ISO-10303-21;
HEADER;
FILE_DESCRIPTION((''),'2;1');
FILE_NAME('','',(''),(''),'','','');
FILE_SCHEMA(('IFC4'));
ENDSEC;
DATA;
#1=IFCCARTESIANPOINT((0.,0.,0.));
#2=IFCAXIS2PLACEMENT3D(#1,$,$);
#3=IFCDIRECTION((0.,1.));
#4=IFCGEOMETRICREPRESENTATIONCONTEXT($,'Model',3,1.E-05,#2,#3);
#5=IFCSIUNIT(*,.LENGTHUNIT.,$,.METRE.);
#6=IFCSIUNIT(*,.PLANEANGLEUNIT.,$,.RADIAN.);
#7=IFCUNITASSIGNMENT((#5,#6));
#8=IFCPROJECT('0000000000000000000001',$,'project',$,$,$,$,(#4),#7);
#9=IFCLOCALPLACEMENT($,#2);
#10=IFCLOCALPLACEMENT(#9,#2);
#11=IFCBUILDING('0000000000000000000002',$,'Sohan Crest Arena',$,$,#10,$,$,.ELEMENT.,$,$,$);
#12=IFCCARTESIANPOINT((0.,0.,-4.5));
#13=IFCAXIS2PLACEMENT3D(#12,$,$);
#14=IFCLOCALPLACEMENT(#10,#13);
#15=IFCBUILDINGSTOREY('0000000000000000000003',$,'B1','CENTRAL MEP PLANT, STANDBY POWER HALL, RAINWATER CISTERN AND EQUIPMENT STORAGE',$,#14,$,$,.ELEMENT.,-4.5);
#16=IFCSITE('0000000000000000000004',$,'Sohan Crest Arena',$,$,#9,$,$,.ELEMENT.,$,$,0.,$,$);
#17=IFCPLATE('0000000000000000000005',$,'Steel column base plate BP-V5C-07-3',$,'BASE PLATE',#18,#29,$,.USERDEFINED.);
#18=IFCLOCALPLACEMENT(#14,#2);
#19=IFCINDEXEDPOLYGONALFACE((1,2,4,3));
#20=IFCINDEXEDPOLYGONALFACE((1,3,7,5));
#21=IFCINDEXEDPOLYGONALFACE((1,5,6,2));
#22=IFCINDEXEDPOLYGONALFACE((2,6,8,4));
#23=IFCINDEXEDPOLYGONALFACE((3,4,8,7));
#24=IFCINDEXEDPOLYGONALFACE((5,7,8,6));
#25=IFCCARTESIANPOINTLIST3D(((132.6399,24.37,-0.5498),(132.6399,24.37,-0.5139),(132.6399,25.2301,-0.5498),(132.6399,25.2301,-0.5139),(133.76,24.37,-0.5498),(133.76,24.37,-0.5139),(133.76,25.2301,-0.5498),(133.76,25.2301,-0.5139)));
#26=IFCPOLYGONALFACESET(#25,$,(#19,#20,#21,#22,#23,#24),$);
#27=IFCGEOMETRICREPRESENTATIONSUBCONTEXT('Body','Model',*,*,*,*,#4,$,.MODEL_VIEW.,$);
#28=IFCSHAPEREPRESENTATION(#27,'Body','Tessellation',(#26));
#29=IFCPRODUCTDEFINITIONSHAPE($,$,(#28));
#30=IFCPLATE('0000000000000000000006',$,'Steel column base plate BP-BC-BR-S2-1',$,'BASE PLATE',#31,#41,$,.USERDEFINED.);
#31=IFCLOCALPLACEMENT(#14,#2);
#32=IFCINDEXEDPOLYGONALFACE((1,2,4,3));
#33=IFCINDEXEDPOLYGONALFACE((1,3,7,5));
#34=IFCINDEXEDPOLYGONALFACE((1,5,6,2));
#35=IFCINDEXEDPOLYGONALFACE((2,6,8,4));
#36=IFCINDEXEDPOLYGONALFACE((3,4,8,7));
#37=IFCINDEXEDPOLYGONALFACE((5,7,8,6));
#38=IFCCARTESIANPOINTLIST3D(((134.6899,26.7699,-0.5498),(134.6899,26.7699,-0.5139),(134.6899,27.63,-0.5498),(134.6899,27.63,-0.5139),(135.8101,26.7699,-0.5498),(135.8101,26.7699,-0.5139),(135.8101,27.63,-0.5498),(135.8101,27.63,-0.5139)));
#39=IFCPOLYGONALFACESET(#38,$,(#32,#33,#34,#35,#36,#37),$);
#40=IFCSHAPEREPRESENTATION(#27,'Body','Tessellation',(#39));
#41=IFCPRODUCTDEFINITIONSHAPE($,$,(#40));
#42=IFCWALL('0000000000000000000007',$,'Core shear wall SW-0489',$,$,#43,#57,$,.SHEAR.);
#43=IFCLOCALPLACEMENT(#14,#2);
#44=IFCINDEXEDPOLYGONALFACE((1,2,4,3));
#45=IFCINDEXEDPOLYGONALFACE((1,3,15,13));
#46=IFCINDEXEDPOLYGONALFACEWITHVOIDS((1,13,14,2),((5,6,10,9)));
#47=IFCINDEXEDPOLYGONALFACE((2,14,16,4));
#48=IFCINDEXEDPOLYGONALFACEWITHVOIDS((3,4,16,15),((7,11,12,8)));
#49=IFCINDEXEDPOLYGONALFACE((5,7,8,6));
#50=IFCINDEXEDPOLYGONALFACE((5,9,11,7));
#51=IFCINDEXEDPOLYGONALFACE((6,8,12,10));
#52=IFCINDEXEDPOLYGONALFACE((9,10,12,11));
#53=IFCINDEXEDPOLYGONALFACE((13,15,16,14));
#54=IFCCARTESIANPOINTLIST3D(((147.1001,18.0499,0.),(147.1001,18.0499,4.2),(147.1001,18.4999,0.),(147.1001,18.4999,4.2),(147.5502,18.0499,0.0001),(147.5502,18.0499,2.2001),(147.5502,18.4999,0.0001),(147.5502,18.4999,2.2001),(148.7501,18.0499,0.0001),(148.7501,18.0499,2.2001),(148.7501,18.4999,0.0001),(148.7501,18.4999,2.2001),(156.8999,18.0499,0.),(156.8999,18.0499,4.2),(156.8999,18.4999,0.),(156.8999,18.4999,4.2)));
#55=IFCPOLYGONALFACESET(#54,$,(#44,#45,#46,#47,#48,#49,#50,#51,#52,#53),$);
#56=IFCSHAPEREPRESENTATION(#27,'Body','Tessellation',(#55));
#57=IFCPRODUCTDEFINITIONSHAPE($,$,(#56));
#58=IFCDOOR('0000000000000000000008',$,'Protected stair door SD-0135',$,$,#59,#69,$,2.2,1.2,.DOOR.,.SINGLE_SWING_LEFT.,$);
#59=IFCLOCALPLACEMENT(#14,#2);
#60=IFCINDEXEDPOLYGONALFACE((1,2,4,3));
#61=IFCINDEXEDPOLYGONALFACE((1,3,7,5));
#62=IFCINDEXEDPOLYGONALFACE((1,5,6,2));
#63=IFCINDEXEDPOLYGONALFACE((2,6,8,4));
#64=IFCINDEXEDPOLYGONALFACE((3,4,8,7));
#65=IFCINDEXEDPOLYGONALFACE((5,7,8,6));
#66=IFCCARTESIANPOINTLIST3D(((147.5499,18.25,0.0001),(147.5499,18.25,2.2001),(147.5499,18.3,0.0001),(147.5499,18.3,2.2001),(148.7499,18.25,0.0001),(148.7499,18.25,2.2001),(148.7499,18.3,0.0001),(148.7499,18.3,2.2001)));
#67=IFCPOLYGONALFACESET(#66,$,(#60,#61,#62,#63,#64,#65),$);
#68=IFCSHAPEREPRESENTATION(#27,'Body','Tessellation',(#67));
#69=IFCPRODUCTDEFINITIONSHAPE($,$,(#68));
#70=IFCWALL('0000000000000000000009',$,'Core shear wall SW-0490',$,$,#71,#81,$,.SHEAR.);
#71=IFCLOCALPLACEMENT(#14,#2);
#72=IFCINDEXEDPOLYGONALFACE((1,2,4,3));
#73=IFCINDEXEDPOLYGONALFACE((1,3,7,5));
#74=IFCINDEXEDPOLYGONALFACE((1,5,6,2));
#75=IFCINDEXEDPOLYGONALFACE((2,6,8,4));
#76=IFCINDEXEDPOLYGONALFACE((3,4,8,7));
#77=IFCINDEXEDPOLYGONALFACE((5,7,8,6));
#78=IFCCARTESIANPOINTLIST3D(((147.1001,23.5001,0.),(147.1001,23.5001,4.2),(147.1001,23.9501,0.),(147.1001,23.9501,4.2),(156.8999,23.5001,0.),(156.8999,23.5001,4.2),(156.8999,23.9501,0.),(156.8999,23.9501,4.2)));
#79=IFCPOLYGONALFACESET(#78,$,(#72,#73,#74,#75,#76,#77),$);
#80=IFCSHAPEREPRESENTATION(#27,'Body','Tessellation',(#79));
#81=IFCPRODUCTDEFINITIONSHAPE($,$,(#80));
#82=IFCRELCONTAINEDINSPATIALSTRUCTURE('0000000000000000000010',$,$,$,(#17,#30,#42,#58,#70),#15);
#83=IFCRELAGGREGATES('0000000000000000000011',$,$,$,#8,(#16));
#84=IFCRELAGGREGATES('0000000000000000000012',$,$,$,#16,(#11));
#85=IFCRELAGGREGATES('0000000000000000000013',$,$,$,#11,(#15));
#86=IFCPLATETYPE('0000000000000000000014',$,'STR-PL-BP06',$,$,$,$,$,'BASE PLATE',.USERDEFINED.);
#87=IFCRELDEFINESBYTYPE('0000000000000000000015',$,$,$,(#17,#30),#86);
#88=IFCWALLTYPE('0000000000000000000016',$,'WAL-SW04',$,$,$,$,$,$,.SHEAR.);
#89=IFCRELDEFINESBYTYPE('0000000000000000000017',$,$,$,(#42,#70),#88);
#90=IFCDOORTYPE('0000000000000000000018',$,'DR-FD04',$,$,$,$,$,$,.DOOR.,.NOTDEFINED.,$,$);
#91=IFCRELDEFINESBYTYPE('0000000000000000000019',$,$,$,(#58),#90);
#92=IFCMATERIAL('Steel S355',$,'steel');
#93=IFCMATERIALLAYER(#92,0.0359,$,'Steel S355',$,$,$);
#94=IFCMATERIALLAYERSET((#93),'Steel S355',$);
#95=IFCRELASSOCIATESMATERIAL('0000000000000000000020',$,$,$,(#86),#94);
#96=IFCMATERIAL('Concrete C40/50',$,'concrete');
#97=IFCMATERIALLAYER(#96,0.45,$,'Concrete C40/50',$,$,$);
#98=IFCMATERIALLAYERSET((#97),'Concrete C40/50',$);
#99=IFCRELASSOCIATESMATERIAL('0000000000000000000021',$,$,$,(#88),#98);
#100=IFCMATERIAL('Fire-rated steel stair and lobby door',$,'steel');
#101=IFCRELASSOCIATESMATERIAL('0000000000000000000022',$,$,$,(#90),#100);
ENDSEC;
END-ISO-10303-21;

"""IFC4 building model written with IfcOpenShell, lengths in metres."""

from ifc_helpers import new_model, si_unit, direction, frame, frame_2d, origin, origin_2d, place, context, subcontext, project, spatial, rectangle, extrude, material, layer, layer_set, type_object, element, fill, save


model = new_model("IFC4")

# Units and contexts
model_context = context("Model", 3, precision=1e-05, world=origin(), true_north=direction((0.0, 1.0)))
body_context = subcontext(model_context, "Body", "Model", "MODEL_VIEW")
ifc_project = project(units=[si_unit("LENGTHUNIT", "METRE"), si_unit("PLANEANGLEUNIT", "RADIAN")], contexts=[model_context])

# Site, building, storey
site_placement = place(None, origin())
site = spatial("IfcSite", under=ifc_project, at=site_placement, Name="Sohan Crest Arena", CompositionType="ELEMENT", RefElevation=0.0)
building_placement = place(site_placement, origin())
building = spatial("IfcBuilding", under=site, at=building_placement, Name="Sohan Crest Arena", CompositionType="ELEMENT")
storey_placement = place(building_placement, frame((0.0, 0.0, -4.5)))
storey = spatial("IfcBuildingStorey", under=building, at=storey_placement, Name="B1", Description="CENTRAL MEP PLANT, STANDBY POWER HALL, RAINWATER CISTERN AND EQUIPMENT STORAGE", CompositionType="ELEMENT", Elevation=-4.5)

# Shared definitions
ifc_material_1 = material(Name="Concrete C40/50", Category="concrete")

# Shared definitions
ifc_material_2 = material(Name="Steel S355", Category="steel")

# Plates
ifc_layer_1 = layer(ifc_material_2, 0.0359, Name="Steel S355")
ifc_layer_set_1 = layer_set([ifc_layer_1], Name="Steel S355")
plate_type_1 = type_object("IfcPlateType", Name="STR-PL-BP06", ElementType="BASE PLATE", PredefinedType="USERDEFINED", material=ifc_layer_set_1)
for number, where, z_axis, x_axis, name in (
    (1, (133.2, 24.8, -0.5498), (0.0, 0.0, 1.0), (1.0, 0.0, 0.0), "Steel column base plate BP-V5C-07-3"),
    (2, (135.25, 27.2, -0.5498), (0.0, 0.0, 1.0), (1.0, 0.0, 0.0), "Steel column base plate BP-BC-BR-S2-1"),
):
    element("IfcPlate", number, at=place(storey_placement, frame(where, z_axis=z_axis, x_axis=x_axis)), inside=storey, type_object=plate_type_1, Name=name, ObjectType="BASE PLATE", PredefinedType="USERDEFINED", context=body_context, shape_type="SweptSolid", body=[
        extrude(rectangle(XDim=1.1201, YDim=0.8601, at=origin_2d()), origin(), (0.0, 0.0, 1.0), 0.0359),
    ])

# Wall, opening, door
ifc_layer_2 = layer(ifc_material_1, 0.45, Name="Concrete C40/50")
ifc_layer_set_2 = layer_set([ifc_layer_2], Name="Concrete C40/50")
wall_type = type_object("IfcWallType", Name="WAL-SW04", PredefinedType="SHEAR", material=ifc_layer_set_2)
wall_1_placement = place(storey_placement, frame((147.1001, 18.2749, 0.0), z_axis=(0.0, 0.0, 1.0), x_axis=(1.0, 0.0, 0.0)))
wall_1 = element("IfcWall", 3, at=wall_1_placement, inside=storey, type_object=wall_type, Name="Core shear wall SW-0489", PredefinedType="SHEAR", context=body_context, shape_type="SweptSolid", body=[
    extrude(rectangle(XDim=9.7998, YDim=0.45, at=frame_2d((4.8999, 0.0))), origin(), (0.0, 0.0, 1.0), 4.2),
])
opening_placement = place(wall_1_placement, frame((0.45, 0.0, 0.0)))
opening = element("IfcOpeningElement", 4, at=opening_placement, cuts=wall_1, PredefinedType="OPENING", context=body_context, shape_type="SweptSolid", body=[
    extrude(rectangle(XDim=1.2, YDim=2.2, at=frame_2d((0.6001, 1.1001))), frame((0.0, 0.2349, 0.0), z_axis=(0.0, -1.0, 0.0), x_axis=(1.0, 0.0, 0.0)), (0.0, 0.0, 1.0), 0.47),
])
ifc_material_3 = material(Name="Fire-rated steel stair and lobby door", Category="steel")
door_type = type_object("IfcDoorType", Name="DR-FD04", OperationType="NOTDEFINED", PredefinedType="DOOR", material=ifc_material_3)
door_placement = place(opening_placement, frame((1.2, 0.0, 0.0), z_axis=(0.0, 0.0, 1.0), x_axis=(-1.0, 0.0, 0.0)))
door = element("IfcDoor", 5, at=door_placement, inside=storey, type_object=door_type, Name="Protected stair door SD-0135", OperationType="SINGLE_SWING_LEFT", OverallHeight=2.2, OverallWidth=1.2, PredefinedType="DOOR", context=body_context, shape_type="SweptSolid", body=[
    extrude(rectangle(XDim=1.2, YDim=2.2, at=frame_2d((0.6001, 1.1001))), frame((0.0, 0.0249, 0.0), z_axis=(0.0, -1.0, 0.0), x_axis=(1.0, 0.0, 0.0)), (0.0, 0.0, 1.0), 0.05),
])
fill(opening, door)

# Wall
wall_2_placement = place(storey_placement, frame((147.1001, 23.7251, 0.0), z_axis=(0.0, 0.0, 1.0), x_axis=(1.0, 0.0, 0.0)))
element("IfcWall", 6, at=wall_2_placement, inside=storey, type_object=wall_type, Name="Core shear wall SW-0490", PredefinedType="SHEAR", context=body_context, shape_type="SweptSolid", body=[
    extrude(rectangle(XDim=9.7998, YDim=0.45, at=frame_2d((4.8999, 0.0))), origin(), (0.0, 0.0, 1.0), 4.2),
])

save(model, "model.ifc")
